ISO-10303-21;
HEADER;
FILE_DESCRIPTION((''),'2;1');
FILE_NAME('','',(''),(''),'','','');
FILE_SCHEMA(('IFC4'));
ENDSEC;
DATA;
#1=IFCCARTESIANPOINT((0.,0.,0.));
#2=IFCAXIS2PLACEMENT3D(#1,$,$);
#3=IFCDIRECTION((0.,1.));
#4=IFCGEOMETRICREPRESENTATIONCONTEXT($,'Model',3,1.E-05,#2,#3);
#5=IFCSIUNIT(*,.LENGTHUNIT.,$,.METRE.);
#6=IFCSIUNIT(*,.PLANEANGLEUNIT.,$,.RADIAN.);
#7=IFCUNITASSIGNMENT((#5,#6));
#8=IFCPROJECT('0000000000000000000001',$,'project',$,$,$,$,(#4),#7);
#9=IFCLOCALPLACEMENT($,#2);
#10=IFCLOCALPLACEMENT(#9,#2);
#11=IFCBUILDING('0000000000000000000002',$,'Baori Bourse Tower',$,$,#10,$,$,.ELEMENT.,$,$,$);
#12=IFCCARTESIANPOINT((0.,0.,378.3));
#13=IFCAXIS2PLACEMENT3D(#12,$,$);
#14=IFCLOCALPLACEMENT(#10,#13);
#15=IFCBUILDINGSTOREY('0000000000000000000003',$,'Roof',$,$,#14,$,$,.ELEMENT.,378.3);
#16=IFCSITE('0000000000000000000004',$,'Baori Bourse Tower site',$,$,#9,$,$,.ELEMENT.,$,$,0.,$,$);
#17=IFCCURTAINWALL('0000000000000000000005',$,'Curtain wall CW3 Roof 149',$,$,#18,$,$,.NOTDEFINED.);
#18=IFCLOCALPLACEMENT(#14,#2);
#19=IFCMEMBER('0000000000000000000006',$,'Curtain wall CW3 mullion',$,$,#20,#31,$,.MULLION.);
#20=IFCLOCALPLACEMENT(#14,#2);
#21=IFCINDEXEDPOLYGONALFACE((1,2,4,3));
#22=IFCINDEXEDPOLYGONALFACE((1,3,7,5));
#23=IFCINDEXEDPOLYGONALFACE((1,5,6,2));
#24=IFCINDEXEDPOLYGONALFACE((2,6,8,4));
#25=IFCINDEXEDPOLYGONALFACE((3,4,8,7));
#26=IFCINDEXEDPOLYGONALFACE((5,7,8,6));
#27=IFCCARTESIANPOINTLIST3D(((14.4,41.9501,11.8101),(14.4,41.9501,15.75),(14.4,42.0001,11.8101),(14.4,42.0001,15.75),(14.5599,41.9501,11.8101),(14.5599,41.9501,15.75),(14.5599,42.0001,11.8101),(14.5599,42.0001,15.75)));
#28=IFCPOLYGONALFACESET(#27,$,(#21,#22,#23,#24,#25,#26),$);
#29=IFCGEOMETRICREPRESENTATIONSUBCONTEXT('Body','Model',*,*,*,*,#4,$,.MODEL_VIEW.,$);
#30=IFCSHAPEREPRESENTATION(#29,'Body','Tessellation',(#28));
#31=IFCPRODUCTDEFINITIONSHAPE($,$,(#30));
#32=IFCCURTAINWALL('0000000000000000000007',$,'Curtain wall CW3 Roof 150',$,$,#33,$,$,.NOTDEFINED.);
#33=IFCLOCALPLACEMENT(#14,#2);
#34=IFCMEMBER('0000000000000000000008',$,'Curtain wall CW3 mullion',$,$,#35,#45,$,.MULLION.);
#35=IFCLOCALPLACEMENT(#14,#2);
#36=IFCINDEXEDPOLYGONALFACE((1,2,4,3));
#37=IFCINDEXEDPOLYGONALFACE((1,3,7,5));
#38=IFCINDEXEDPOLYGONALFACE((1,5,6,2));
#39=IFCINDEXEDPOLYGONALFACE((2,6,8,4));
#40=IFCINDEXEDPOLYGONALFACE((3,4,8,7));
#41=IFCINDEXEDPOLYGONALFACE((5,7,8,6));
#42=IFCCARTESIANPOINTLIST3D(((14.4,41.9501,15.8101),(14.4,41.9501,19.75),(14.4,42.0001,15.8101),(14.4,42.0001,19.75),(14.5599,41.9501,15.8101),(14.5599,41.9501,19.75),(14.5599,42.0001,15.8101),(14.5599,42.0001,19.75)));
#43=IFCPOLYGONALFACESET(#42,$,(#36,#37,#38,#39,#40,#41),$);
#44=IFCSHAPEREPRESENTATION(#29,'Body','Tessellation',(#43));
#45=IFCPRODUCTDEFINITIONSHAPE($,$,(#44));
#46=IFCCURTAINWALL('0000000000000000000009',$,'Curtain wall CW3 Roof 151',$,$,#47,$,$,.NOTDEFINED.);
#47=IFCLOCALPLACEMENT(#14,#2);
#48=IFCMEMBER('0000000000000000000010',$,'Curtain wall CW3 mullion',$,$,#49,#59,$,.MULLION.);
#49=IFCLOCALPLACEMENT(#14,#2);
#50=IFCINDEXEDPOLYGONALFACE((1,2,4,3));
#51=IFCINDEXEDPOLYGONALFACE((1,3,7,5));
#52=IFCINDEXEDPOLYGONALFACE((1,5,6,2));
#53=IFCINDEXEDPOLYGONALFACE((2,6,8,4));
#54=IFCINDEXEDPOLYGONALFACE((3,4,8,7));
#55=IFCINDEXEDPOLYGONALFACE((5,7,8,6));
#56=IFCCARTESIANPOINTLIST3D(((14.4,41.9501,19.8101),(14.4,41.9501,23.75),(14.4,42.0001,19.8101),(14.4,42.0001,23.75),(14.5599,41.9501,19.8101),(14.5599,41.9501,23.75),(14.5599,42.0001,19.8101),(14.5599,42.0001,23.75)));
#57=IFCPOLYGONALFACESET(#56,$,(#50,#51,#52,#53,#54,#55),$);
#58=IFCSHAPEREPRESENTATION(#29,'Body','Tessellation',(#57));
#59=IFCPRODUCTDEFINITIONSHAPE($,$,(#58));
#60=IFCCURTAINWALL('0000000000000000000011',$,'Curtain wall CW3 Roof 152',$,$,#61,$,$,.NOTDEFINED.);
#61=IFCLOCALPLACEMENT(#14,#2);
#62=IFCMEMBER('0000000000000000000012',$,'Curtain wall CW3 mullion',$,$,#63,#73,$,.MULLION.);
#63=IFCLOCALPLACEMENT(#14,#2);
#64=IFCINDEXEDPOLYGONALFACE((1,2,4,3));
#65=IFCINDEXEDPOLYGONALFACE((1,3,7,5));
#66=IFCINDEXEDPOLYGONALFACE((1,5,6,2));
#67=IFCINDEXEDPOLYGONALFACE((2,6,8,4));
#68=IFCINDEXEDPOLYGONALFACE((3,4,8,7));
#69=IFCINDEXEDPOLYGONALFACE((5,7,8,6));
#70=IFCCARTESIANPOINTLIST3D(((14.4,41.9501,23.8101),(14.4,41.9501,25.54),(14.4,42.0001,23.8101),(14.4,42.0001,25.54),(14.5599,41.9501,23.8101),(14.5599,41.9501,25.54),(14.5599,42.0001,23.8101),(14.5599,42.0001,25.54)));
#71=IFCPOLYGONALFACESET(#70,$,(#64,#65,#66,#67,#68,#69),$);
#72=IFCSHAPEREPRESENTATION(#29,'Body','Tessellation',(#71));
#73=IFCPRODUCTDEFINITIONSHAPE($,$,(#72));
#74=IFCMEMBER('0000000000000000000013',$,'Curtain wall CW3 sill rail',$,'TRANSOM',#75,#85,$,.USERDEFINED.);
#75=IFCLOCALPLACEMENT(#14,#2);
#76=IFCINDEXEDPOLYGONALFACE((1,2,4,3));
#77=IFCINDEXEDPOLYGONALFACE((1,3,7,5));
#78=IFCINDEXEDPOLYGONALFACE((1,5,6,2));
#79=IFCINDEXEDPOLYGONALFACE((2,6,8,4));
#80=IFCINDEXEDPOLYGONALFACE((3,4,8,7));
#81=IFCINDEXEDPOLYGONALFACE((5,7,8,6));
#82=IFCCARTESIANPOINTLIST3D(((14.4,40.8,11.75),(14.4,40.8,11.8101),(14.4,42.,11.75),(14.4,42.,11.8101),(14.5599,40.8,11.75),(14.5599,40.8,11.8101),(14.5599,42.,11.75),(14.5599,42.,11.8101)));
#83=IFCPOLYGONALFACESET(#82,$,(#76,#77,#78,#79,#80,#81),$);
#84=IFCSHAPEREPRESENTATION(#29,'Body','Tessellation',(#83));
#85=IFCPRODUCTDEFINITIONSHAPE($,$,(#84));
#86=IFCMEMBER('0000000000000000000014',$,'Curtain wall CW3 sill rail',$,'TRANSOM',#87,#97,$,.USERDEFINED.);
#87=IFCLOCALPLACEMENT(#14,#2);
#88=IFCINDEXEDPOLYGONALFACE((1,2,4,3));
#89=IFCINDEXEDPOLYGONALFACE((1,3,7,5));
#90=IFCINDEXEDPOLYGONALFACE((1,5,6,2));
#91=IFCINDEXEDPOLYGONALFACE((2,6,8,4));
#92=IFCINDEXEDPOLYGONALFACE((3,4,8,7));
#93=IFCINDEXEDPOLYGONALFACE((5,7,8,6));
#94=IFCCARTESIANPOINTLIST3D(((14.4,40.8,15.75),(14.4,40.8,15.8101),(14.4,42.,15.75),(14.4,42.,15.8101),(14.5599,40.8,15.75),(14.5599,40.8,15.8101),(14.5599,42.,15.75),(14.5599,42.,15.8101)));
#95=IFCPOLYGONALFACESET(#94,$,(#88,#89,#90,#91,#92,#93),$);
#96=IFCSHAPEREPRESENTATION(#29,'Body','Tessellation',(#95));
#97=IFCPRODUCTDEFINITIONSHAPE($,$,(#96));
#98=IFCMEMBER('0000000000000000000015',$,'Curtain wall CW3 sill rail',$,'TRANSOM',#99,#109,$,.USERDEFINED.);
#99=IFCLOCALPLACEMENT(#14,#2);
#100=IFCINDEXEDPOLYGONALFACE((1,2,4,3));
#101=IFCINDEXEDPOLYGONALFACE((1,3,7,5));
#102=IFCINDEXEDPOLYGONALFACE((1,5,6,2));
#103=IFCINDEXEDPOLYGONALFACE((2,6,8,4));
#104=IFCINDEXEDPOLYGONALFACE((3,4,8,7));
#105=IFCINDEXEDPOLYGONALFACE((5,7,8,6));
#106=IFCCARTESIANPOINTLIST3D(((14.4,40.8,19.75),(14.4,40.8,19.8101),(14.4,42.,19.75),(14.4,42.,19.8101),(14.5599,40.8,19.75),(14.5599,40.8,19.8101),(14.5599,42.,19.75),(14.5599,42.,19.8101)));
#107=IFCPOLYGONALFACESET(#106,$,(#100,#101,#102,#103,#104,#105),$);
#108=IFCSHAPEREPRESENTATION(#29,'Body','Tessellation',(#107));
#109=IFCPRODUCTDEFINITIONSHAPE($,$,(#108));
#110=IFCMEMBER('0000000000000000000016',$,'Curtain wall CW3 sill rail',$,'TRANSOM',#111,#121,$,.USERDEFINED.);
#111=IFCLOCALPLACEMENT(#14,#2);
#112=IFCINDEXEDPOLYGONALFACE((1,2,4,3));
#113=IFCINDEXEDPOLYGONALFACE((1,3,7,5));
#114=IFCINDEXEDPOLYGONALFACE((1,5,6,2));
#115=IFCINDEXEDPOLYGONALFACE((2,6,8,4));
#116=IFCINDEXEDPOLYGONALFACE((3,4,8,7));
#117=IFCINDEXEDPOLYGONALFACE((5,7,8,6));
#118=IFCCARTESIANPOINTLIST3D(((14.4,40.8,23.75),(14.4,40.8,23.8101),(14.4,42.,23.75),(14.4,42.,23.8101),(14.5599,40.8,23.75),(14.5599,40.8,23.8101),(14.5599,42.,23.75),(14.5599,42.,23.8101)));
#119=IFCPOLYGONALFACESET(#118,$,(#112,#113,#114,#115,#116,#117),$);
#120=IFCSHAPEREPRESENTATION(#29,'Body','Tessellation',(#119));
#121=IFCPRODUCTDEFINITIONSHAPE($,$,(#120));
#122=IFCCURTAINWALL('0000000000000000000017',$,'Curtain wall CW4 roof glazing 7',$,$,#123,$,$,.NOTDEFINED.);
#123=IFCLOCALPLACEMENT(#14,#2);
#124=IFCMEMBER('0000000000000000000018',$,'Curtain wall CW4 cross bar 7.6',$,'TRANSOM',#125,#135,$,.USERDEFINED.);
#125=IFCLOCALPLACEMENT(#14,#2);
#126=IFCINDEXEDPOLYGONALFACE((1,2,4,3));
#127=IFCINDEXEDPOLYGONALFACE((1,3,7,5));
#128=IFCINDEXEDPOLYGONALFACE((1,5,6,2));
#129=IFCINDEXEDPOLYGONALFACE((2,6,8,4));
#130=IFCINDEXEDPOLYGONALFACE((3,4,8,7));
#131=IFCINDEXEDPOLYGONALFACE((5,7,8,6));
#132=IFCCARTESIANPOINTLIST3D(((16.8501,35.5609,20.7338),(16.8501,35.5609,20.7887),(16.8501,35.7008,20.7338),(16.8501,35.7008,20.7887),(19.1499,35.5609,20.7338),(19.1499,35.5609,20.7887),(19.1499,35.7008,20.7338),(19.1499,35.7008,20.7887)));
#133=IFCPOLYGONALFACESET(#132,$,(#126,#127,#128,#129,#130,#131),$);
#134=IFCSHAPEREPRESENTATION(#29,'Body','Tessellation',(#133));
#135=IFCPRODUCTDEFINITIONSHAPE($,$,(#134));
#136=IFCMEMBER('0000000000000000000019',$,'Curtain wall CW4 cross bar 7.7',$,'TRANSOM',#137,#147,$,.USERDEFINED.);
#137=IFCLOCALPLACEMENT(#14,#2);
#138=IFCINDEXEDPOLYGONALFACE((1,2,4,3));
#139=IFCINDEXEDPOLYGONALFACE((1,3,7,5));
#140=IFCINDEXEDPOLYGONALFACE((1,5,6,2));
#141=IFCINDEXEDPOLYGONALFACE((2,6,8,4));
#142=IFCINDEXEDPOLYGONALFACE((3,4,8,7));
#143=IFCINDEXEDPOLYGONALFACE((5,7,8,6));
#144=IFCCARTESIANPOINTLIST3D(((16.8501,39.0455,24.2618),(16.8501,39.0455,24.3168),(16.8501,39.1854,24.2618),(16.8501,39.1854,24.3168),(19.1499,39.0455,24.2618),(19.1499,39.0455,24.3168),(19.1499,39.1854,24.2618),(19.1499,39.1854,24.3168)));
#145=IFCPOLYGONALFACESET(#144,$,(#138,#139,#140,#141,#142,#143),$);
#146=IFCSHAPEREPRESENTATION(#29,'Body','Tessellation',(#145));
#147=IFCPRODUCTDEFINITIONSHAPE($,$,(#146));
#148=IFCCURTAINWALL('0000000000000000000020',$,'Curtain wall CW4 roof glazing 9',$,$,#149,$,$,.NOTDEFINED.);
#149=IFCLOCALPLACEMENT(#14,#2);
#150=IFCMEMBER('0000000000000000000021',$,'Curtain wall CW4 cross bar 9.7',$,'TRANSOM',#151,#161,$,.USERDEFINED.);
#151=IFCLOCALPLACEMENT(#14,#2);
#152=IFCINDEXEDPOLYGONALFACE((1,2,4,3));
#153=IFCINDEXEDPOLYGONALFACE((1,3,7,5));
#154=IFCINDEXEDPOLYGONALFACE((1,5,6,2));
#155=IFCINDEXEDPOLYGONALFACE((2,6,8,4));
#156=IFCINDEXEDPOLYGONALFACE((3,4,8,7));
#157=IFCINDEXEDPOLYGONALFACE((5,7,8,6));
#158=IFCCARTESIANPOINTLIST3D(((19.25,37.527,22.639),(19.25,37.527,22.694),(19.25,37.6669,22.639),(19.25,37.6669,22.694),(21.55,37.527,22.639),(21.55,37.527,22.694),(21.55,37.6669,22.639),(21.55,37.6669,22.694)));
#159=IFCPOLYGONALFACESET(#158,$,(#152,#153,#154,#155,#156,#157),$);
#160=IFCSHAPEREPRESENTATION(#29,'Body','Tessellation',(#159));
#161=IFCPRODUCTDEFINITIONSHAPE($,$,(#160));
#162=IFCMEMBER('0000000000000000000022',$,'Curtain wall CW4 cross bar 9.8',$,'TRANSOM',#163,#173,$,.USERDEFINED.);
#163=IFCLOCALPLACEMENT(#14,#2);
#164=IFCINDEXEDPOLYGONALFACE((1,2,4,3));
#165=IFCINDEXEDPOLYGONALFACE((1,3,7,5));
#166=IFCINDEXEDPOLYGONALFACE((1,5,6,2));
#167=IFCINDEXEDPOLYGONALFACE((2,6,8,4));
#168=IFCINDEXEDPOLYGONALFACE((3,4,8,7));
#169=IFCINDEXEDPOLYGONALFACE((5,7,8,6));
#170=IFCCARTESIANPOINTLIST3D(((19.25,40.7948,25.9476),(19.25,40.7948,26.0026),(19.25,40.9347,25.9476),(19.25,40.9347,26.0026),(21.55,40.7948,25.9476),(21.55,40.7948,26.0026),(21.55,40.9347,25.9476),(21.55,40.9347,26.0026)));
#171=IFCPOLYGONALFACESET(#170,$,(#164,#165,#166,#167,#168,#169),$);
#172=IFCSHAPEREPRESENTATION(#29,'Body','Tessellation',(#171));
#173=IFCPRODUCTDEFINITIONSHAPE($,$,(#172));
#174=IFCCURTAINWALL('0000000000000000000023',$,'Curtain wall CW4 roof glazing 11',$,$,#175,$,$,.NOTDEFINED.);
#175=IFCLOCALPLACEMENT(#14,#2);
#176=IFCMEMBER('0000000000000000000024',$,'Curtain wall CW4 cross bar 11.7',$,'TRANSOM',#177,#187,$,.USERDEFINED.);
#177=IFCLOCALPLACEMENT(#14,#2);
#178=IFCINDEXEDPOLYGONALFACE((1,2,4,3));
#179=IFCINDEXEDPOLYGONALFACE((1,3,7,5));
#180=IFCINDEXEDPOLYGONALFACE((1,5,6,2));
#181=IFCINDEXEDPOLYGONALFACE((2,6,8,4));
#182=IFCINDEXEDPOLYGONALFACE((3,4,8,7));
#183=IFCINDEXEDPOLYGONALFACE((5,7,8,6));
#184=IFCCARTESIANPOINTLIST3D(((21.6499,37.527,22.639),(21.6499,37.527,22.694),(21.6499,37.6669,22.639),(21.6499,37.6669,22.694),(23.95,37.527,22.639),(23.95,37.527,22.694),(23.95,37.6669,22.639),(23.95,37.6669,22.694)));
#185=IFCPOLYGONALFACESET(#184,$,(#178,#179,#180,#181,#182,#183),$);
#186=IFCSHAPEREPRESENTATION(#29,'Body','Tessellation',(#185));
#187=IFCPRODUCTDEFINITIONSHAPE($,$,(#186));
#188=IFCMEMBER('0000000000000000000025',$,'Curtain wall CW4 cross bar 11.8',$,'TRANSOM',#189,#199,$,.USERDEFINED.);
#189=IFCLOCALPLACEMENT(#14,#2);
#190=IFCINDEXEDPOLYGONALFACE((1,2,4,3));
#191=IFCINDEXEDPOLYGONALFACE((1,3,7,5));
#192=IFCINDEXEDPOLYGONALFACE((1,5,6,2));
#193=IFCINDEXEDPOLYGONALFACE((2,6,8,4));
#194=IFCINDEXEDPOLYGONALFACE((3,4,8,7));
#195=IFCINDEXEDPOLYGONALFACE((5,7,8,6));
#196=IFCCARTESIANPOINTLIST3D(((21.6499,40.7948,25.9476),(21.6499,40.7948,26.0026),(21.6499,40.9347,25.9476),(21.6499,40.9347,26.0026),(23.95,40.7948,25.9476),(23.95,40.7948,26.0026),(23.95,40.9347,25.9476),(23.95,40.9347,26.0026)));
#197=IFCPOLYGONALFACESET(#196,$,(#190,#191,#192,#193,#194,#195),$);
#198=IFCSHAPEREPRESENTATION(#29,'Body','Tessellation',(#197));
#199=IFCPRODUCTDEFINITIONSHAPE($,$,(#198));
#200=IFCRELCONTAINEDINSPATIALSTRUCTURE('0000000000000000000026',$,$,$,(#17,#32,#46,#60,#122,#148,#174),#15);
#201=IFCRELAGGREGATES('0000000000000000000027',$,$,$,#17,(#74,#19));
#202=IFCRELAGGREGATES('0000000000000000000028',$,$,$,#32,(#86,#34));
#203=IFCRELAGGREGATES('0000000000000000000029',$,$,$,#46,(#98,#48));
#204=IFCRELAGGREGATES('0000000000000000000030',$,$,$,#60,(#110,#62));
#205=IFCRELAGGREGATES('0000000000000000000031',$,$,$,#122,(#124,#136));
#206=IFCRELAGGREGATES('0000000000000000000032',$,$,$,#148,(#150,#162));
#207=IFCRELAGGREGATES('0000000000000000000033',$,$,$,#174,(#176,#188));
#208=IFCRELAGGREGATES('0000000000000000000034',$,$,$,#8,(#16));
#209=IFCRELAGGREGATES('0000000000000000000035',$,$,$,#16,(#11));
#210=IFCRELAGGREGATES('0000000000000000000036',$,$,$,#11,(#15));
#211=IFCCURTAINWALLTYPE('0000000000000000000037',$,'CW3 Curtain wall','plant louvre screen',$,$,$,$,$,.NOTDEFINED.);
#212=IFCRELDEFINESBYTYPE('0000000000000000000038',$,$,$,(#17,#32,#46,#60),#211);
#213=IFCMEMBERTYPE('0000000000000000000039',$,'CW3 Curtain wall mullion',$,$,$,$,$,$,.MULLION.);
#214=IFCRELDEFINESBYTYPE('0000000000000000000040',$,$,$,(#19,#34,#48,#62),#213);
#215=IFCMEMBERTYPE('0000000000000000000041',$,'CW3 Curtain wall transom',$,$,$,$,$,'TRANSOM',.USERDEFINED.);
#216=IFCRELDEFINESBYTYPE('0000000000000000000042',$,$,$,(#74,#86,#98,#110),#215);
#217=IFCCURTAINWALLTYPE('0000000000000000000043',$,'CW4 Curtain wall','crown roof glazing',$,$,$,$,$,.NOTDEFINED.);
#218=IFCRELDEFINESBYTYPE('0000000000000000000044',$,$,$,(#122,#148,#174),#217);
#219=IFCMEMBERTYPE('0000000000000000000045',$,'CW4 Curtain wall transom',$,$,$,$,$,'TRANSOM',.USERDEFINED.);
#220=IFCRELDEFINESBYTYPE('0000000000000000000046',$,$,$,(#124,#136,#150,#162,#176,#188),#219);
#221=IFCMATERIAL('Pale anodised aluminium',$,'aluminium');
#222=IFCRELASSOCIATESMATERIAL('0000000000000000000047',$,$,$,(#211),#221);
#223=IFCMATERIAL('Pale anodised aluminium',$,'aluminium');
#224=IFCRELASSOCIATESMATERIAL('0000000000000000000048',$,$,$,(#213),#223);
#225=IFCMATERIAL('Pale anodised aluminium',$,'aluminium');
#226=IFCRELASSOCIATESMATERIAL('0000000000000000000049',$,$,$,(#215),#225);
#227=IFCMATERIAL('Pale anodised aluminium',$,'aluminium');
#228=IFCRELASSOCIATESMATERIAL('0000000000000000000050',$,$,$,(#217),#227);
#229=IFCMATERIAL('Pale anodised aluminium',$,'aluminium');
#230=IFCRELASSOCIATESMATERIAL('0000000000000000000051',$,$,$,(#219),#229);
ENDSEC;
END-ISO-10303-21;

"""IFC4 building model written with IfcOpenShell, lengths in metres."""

from ifc_helpers import new_model, si_unit, direction, frame, origin, origin_2d, place, context, subcontext, project, spatial, rectangle, extrude, material, material_profile, profile_set, type_object, element, aggregate, save


model = new_model("IFC4")

# Units and contexts
model_context = context("Model", 3, precision=1e-05, world=origin(), true_north=direction((0.0, 1.0)))
body_context = subcontext(model_context, "Body", "Model", "MODEL_VIEW")
ifc_project = project(units=[si_unit("LENGTHUNIT", "METRE"), si_unit("PLANEANGLEUNIT", "RADIAN")], contexts=[model_context])

# Site, building, storey
site_placement = place(None, origin())
site = spatial("IfcSite", under=ifc_project, at=site_placement, Name="Baori Bourse Tower site", CompositionType="ELEMENT", RefElevation=0.0)
building_placement = place(site_placement, origin())
building = spatial("IfcBuilding", under=site, at=building_placement, Name="Baori Bourse Tower", CompositionType="ELEMENT")
storey_placement = place(building_placement, frame((0.0, 0.0, 378.3)))
storey = spatial("IfcBuildingStorey", under=building, at=storey_placement, Name="Roof", CompositionType="ELEMENT", Elevation=378.3)

# Curtain walls, members
ifc_material_1 = material(Name="Pale anodised aluminium", Category="aluminium")
curtain_wall_type_1 = type_object("IfcCurtainWallType", Name="CW3 Curtain wall", Description="plant louvre screen", PredefinedType="NOTDEFINED", material=ifc_material_1)
curtain_wall_1_placement = place(storey_placement, origin())
curtain_wall_1 = element("IfcCurtainWall", 1, at=curtain_wall_1_placement, inside=storey, type_object=curtain_wall_type_1, Name="Curtain wall CW3 Roof 149", PredefinedType="NOTDEFINED")
ifc_material_2 = material(Name="Pale anodised aluminium", Category="aluminium")
ifc_material_profile_1 = material_profile(ifc_material_2, rectangle(XDim=0.1599, YDim=0.05, at=origin_2d()), Name="Mullion 50x160")
ifc_profile_set_1 = profile_set([ifc_material_profile_1], Name="Pale anodised aluminium")
member_type_1 = type_object("IfcMemberType", Name="CW3 Curtain wall mullion", PredefinedType="MULLION", material=ifc_profile_set_1)
member_1_placement = place(storey_placement, frame((14.48, 41.9751, 11.8101), z_axis=(0.0, 0.0, 1.0), x_axis=(1.0, 0.0, 0.0)))
member_1 = element("IfcMember", 2, at=member_1_placement, type_object=member_type_1, Name="Curtain wall CW3 mullion", PredefinedType="MULLION", context=body_context, shape_type="SweptSolid", body=[
    extrude(rectangle(XDim=0.1599, YDim=0.05, at=origin_2d()), origin(), (0.0, 0.0, 1.0), 3.9399),
])
curtain_wall_2_placement = place(storey_placement, origin())
curtain_wall_2 = element("IfcCurtainWall", 3, at=curtain_wall_2_placement, inside=storey, type_object=curtain_wall_type_1, Name="Curtain wall CW3 Roof 150", PredefinedType="NOTDEFINED")
member_2_placement = place(storey_placement, frame((14.48, 41.9751, 15.8101), z_axis=(0.0, 0.0, 1.0), x_axis=(1.0, 0.0, 0.0)))
member_2 = element("IfcMember", 4, at=member_2_placement, type_object=member_type_1, Name="Curtain wall CW3 mullion", PredefinedType="MULLION", context=body_context, shape_type="SweptSolid", body=[
    extrude(rectangle(XDim=0.1599, YDim=0.05, at=origin_2d()), origin(), (0.0, 0.0, 1.0), 3.9399),
])
curtain_wall_3_placement = place(storey_placement, origin())
curtain_wall_3 = element("IfcCurtainWall", 5, at=curtain_wall_3_placement, inside=storey, type_object=curtain_wall_type_1, Name="Curtain wall CW3 Roof 151", PredefinedType="NOTDEFINED")
member_3_placement = place(storey_placement, frame((14.48, 41.9751, 19.8101), z_axis=(0.0, 0.0, 1.0), x_axis=(1.0, 0.0, 0.0)))
member_3 = element("IfcMember", 6, at=member_3_placement, type_object=member_type_1, Name="Curtain wall CW3 mullion", PredefinedType="MULLION", context=body_context, shape_type="SweptSolid", body=[
    extrude(rectangle(XDim=0.1599, YDim=0.05, at=origin_2d()), origin(), (0.0, 0.0, 1.0), 3.9399),
])
curtain_wall_4_placement = place(storey_placement, origin())
curtain_wall_4 = element("IfcCurtainWall", 7, at=curtain_wall_4_placement, inside=storey, type_object=curtain_wall_type_1, Name="Curtain wall CW3 Roof 152", PredefinedType="NOTDEFINED")
member_4_placement = place(storey_placement, frame((14.48, 41.9751, 23.8101), z_axis=(0.0, 0.0, 1.0), x_axis=(1.0, 0.0, 0.0)))
member_4 = element("IfcMember", 8, at=member_4_placement, type_object=member_type_1, Name="Curtain wall CW3 mullion", PredefinedType="MULLION", context=body_context, shape_type="SweptSolid", body=[
    extrude(rectangle(XDim=0.1599, YDim=0.05, at=origin_2d()), origin(), (0.0, 0.0, 1.0), 1.73),
])

# Members
ifc_material_3 = material(Name="Pale anodised aluminium", Category="aluminium")
ifc_material_profile_2 = material_profile(ifc_material_3, rectangle(XDim=0.1599, YDim=0.0601, at=origin_2d()), Name="Transom 60x160")
ifc_profile_set_2 = profile_set([ifc_material_profile_2], Name="Pale anodised aluminium")
member_type_2 = type_object("IfcMemberType", Name="CW3 Curtain wall transom", ElementType="TRANSOM", PredefinedType="USERDEFINED", material=ifc_profile_set_2)
member_5_placement = place(storey_placement, frame((14.48, 42.0, 11.78), z_axis=(0.0, -1.0, 0.0), x_axis=(1.0, 0.0, 0.0)))
member_5 = element("IfcMember", 9, at=member_5_placement, type_object=member_type_2, Name="Curtain wall CW3 sill rail", ObjectType="TRANSOM", PredefinedType="USERDEFINED", context=body_context, shape_type="SweptSolid", body=[
    extrude(rectangle(XDim=0.1599, YDim=0.0601, at=origin_2d()), origin(), (0.0, 0.0, 1.0), 1.2),
])
aggregate(curtain_wall_1, [member_5, member_1])
member_6_placement = place(storey_placement, frame((14.48, 42.0, 15.78), z_axis=(0.0, -1.0, 0.0), x_axis=(1.0, 0.0, 0.0)))
member_6 = element("IfcMember", 10, at=member_6_placement, type_object=member_type_2, Name="Curtain wall CW3 sill rail", ObjectType="TRANSOM", PredefinedType="USERDEFINED", context=body_context, shape_type="SweptSolid", body=[
    extrude(rectangle(XDim=0.1599, YDim=0.0601, at=origin_2d()), origin(), (0.0, 0.0, 1.0), 1.2),
])
aggregate(curtain_wall_2, [member_6, member_2])
member_7_placement = place(storey_placement, frame((14.48, 42.0, 19.78), z_axis=(0.0, -1.0, 0.0), x_axis=(1.0, 0.0, 0.0)))
member_7 = element("IfcMember", 11, at=member_7_placement, type_object=member_type_2, Name="Curtain wall CW3 sill rail", ObjectType="TRANSOM", PredefinedType="USERDEFINED", context=body_context, shape_type="SweptSolid", body=[
    extrude(rectangle(XDim=0.1599, YDim=0.0601, at=origin_2d()), origin(), (0.0, 0.0, 1.0), 1.2),
])
aggregate(curtain_wall_3, [member_7, member_3])
member_8_placement = place(storey_placement, frame((14.48, 42.0, 23.78), z_axis=(0.0, -1.0, 0.0), x_axis=(1.0, 0.0, 0.0)))
member_8 = element("IfcMember", 12, at=member_8_placement, type_object=member_type_2, Name="Curtain wall CW3 sill rail", ObjectType="TRANSOM", PredefinedType="USERDEFINED", context=body_context, shape_type="SweptSolid", body=[
    extrude(rectangle(XDim=0.1599, YDim=0.0601, at=origin_2d()), origin(), (0.0, 0.0, 1.0), 1.2),
])

# Curtain walls, members
ifc_material_4 = material(Name="Pale anodised aluminium", Category="aluminium")
curtain_wall_type_2 = type_object("IfcCurtainWallType", Name="CW4 Curtain wall", Description="crown roof glazing", PredefinedType="NOTDEFINED", material=ifc_material_4)
curtain_wall_5_placement = place(storey_placement, origin())
curtain_wall_5 = element("IfcCurtainWall", 13, at=curtain_wall_5_placement, inside=storey, type_object=curtain_wall_type_2, Name="Curtain wall CW4 roof glazing 7", PredefinedType="NOTDEFINED")
ifc_material_5 = material(Name="Pale anodised aluminium", Category="aluminium")
ifc_material_profile_3 = material_profile(ifc_material_5, rectangle(XDim=0.1399, YDim=0.0549, at=origin_2d()), Name="Transom 55x140")
ifc_profile_set_3 = profile_set([ifc_material_profile_3], Name="Pale anodised aluminium")
member_type_3 = type_object("IfcMemberType", Name="CW4 Curtain wall transom", ElementType="TRANSOM", PredefinedType="USERDEFINED", material=ifc_profile_set_3)
member_9_placement = place(storey_placement, frame((16.8501, 35.6309, 20.7612), z_axis=(1.0, 0.0, 0.0), x_axis=(0.0, 1.0, 0.0)))
member_9 = element("IfcMember", 14, at=member_9_placement, type_object=member_type_3, Name="Curtain wall CW4 cross bar 7.6", ObjectType="TRANSOM", PredefinedType="USERDEFINED", context=body_context, shape_type="SweptSolid", body=[
    extrude(rectangle(XDim=0.1399, YDim=0.0549, at=origin_2d()), origin(), (0.0, 0.0, 1.0), 2.2998),
])
member_10_placement = place(storey_placement, frame((16.8501, 39.1155, 24.2893), z_axis=(1.0, 0.0, 0.0), x_axis=(0.0, 1.0, 0.0)))
member_10 = element("IfcMember", 15, at=member_10_placement, type_object=member_type_3, Name="Curtain wall CW4 cross bar 7.7", ObjectType="TRANSOM", PredefinedType="USERDEFINED", context=body_context, shape_type="SweptSolid", body=[
    extrude(rectangle(XDim=0.1399, YDim=0.0549, at=origin_2d()), origin(), (0.0, 0.0, 1.0), 2.2998),
])
curtain_wall_6_placement = place(storey_placement, origin())
curtain_wall_6 = element("IfcCurtainWall", 16, at=curtain_wall_6_placement, inside=storey, type_object=curtain_wall_type_2, Name="Curtain wall CW4 roof glazing 9", PredefinedType="NOTDEFINED")
member_11_placement = place(storey_placement, frame((19.25, 37.5969, 22.6665), z_axis=(1.0, 0.0, 0.0), x_axis=(0.0, 1.0, 0.0)))
member_11 = element("IfcMember", 17, at=member_11_placement, type_object=member_type_3, Name="Curtain wall CW4 cross bar 9.7", ObjectType="TRANSOM", PredefinedType="USERDEFINED", context=body_context, shape_type="SweptSolid", body=[
    extrude(rectangle(XDim=0.1399, YDim=0.0549, at=origin_2d()), origin(), (0.0, 0.0, 1.0), 2.3),
])
member_12_placement = place(storey_placement, frame((19.25, 40.8647, 25.9751), z_axis=(1.0, 0.0, 0.0), x_axis=(0.0, 1.0, 0.0)))
member_12 = element("IfcMember", 18, at=member_12_placement, type_object=member_type_3, Name="Curtain wall CW4 cross bar 9.8", ObjectType="TRANSOM", PredefinedType="USERDEFINED", context=body_context, shape_type="SweptSolid", body=[
    extrude(rectangle(XDim=0.1399, YDim=0.0549, at=origin_2d()), origin(), (0.0, 0.0, 1.0), 2.3),
])
curtain_wall_7_placement = place(storey_placement, origin())
curtain_wall_7 = element("IfcCurtainWall", 19, at=curtain_wall_7_placement, inside=storey, type_object=curtain_wall_type_2, Name="Curtain wall CW4 roof glazing 11", PredefinedType="NOTDEFINED")
member_13_placement = place(storey_placement, frame((21.6499, 37.5969, 22.6665), z_axis=(1.0, 0.0, 0.0), x_axis=(0.0, 1.0, 0.0)))
member_13 = element("IfcMember", 20, at=member_13_placement, type_object=member_type_3, Name="Curtain wall CW4 cross bar 11.7", ObjectType="TRANSOM", PredefinedType="USERDEFINED", context=body_context, shape_type="SweptSolid", body=[
    extrude(rectangle(XDim=0.1399, YDim=0.0549, at=origin_2d()), origin(), (0.0, 0.0, 1.0), 2.3),
])
member_14_placement = place(storey_placement, frame((21.6499, 40.8647, 25.9751), z_axis=(1.0, 0.0, 0.0), x_axis=(0.0, 1.0, 0.0)))
member_14 = element("IfcMember", 21, at=member_14_placement, type_object=member_type_3, Name="Curtain wall CW4 cross bar 11.8", ObjectType="TRANSOM", PredefinedType="USERDEFINED", context=body_context, shape_type="SweptSolid", body=[
    extrude(rectangle(XDim=0.1399, YDim=0.0549, at=origin_2d()), origin(), (0.0, 0.0, 1.0), 2.3),
])

aggregate(curtain_wall_4, [member_8, member_4])
aggregate(curtain_wall_5, [member_9, member_10])
aggregate(curtain_wall_6, [member_11, member_12])
aggregate(curtain_wall_7, [member_13, member_14])

save(model, "model.ifc")
